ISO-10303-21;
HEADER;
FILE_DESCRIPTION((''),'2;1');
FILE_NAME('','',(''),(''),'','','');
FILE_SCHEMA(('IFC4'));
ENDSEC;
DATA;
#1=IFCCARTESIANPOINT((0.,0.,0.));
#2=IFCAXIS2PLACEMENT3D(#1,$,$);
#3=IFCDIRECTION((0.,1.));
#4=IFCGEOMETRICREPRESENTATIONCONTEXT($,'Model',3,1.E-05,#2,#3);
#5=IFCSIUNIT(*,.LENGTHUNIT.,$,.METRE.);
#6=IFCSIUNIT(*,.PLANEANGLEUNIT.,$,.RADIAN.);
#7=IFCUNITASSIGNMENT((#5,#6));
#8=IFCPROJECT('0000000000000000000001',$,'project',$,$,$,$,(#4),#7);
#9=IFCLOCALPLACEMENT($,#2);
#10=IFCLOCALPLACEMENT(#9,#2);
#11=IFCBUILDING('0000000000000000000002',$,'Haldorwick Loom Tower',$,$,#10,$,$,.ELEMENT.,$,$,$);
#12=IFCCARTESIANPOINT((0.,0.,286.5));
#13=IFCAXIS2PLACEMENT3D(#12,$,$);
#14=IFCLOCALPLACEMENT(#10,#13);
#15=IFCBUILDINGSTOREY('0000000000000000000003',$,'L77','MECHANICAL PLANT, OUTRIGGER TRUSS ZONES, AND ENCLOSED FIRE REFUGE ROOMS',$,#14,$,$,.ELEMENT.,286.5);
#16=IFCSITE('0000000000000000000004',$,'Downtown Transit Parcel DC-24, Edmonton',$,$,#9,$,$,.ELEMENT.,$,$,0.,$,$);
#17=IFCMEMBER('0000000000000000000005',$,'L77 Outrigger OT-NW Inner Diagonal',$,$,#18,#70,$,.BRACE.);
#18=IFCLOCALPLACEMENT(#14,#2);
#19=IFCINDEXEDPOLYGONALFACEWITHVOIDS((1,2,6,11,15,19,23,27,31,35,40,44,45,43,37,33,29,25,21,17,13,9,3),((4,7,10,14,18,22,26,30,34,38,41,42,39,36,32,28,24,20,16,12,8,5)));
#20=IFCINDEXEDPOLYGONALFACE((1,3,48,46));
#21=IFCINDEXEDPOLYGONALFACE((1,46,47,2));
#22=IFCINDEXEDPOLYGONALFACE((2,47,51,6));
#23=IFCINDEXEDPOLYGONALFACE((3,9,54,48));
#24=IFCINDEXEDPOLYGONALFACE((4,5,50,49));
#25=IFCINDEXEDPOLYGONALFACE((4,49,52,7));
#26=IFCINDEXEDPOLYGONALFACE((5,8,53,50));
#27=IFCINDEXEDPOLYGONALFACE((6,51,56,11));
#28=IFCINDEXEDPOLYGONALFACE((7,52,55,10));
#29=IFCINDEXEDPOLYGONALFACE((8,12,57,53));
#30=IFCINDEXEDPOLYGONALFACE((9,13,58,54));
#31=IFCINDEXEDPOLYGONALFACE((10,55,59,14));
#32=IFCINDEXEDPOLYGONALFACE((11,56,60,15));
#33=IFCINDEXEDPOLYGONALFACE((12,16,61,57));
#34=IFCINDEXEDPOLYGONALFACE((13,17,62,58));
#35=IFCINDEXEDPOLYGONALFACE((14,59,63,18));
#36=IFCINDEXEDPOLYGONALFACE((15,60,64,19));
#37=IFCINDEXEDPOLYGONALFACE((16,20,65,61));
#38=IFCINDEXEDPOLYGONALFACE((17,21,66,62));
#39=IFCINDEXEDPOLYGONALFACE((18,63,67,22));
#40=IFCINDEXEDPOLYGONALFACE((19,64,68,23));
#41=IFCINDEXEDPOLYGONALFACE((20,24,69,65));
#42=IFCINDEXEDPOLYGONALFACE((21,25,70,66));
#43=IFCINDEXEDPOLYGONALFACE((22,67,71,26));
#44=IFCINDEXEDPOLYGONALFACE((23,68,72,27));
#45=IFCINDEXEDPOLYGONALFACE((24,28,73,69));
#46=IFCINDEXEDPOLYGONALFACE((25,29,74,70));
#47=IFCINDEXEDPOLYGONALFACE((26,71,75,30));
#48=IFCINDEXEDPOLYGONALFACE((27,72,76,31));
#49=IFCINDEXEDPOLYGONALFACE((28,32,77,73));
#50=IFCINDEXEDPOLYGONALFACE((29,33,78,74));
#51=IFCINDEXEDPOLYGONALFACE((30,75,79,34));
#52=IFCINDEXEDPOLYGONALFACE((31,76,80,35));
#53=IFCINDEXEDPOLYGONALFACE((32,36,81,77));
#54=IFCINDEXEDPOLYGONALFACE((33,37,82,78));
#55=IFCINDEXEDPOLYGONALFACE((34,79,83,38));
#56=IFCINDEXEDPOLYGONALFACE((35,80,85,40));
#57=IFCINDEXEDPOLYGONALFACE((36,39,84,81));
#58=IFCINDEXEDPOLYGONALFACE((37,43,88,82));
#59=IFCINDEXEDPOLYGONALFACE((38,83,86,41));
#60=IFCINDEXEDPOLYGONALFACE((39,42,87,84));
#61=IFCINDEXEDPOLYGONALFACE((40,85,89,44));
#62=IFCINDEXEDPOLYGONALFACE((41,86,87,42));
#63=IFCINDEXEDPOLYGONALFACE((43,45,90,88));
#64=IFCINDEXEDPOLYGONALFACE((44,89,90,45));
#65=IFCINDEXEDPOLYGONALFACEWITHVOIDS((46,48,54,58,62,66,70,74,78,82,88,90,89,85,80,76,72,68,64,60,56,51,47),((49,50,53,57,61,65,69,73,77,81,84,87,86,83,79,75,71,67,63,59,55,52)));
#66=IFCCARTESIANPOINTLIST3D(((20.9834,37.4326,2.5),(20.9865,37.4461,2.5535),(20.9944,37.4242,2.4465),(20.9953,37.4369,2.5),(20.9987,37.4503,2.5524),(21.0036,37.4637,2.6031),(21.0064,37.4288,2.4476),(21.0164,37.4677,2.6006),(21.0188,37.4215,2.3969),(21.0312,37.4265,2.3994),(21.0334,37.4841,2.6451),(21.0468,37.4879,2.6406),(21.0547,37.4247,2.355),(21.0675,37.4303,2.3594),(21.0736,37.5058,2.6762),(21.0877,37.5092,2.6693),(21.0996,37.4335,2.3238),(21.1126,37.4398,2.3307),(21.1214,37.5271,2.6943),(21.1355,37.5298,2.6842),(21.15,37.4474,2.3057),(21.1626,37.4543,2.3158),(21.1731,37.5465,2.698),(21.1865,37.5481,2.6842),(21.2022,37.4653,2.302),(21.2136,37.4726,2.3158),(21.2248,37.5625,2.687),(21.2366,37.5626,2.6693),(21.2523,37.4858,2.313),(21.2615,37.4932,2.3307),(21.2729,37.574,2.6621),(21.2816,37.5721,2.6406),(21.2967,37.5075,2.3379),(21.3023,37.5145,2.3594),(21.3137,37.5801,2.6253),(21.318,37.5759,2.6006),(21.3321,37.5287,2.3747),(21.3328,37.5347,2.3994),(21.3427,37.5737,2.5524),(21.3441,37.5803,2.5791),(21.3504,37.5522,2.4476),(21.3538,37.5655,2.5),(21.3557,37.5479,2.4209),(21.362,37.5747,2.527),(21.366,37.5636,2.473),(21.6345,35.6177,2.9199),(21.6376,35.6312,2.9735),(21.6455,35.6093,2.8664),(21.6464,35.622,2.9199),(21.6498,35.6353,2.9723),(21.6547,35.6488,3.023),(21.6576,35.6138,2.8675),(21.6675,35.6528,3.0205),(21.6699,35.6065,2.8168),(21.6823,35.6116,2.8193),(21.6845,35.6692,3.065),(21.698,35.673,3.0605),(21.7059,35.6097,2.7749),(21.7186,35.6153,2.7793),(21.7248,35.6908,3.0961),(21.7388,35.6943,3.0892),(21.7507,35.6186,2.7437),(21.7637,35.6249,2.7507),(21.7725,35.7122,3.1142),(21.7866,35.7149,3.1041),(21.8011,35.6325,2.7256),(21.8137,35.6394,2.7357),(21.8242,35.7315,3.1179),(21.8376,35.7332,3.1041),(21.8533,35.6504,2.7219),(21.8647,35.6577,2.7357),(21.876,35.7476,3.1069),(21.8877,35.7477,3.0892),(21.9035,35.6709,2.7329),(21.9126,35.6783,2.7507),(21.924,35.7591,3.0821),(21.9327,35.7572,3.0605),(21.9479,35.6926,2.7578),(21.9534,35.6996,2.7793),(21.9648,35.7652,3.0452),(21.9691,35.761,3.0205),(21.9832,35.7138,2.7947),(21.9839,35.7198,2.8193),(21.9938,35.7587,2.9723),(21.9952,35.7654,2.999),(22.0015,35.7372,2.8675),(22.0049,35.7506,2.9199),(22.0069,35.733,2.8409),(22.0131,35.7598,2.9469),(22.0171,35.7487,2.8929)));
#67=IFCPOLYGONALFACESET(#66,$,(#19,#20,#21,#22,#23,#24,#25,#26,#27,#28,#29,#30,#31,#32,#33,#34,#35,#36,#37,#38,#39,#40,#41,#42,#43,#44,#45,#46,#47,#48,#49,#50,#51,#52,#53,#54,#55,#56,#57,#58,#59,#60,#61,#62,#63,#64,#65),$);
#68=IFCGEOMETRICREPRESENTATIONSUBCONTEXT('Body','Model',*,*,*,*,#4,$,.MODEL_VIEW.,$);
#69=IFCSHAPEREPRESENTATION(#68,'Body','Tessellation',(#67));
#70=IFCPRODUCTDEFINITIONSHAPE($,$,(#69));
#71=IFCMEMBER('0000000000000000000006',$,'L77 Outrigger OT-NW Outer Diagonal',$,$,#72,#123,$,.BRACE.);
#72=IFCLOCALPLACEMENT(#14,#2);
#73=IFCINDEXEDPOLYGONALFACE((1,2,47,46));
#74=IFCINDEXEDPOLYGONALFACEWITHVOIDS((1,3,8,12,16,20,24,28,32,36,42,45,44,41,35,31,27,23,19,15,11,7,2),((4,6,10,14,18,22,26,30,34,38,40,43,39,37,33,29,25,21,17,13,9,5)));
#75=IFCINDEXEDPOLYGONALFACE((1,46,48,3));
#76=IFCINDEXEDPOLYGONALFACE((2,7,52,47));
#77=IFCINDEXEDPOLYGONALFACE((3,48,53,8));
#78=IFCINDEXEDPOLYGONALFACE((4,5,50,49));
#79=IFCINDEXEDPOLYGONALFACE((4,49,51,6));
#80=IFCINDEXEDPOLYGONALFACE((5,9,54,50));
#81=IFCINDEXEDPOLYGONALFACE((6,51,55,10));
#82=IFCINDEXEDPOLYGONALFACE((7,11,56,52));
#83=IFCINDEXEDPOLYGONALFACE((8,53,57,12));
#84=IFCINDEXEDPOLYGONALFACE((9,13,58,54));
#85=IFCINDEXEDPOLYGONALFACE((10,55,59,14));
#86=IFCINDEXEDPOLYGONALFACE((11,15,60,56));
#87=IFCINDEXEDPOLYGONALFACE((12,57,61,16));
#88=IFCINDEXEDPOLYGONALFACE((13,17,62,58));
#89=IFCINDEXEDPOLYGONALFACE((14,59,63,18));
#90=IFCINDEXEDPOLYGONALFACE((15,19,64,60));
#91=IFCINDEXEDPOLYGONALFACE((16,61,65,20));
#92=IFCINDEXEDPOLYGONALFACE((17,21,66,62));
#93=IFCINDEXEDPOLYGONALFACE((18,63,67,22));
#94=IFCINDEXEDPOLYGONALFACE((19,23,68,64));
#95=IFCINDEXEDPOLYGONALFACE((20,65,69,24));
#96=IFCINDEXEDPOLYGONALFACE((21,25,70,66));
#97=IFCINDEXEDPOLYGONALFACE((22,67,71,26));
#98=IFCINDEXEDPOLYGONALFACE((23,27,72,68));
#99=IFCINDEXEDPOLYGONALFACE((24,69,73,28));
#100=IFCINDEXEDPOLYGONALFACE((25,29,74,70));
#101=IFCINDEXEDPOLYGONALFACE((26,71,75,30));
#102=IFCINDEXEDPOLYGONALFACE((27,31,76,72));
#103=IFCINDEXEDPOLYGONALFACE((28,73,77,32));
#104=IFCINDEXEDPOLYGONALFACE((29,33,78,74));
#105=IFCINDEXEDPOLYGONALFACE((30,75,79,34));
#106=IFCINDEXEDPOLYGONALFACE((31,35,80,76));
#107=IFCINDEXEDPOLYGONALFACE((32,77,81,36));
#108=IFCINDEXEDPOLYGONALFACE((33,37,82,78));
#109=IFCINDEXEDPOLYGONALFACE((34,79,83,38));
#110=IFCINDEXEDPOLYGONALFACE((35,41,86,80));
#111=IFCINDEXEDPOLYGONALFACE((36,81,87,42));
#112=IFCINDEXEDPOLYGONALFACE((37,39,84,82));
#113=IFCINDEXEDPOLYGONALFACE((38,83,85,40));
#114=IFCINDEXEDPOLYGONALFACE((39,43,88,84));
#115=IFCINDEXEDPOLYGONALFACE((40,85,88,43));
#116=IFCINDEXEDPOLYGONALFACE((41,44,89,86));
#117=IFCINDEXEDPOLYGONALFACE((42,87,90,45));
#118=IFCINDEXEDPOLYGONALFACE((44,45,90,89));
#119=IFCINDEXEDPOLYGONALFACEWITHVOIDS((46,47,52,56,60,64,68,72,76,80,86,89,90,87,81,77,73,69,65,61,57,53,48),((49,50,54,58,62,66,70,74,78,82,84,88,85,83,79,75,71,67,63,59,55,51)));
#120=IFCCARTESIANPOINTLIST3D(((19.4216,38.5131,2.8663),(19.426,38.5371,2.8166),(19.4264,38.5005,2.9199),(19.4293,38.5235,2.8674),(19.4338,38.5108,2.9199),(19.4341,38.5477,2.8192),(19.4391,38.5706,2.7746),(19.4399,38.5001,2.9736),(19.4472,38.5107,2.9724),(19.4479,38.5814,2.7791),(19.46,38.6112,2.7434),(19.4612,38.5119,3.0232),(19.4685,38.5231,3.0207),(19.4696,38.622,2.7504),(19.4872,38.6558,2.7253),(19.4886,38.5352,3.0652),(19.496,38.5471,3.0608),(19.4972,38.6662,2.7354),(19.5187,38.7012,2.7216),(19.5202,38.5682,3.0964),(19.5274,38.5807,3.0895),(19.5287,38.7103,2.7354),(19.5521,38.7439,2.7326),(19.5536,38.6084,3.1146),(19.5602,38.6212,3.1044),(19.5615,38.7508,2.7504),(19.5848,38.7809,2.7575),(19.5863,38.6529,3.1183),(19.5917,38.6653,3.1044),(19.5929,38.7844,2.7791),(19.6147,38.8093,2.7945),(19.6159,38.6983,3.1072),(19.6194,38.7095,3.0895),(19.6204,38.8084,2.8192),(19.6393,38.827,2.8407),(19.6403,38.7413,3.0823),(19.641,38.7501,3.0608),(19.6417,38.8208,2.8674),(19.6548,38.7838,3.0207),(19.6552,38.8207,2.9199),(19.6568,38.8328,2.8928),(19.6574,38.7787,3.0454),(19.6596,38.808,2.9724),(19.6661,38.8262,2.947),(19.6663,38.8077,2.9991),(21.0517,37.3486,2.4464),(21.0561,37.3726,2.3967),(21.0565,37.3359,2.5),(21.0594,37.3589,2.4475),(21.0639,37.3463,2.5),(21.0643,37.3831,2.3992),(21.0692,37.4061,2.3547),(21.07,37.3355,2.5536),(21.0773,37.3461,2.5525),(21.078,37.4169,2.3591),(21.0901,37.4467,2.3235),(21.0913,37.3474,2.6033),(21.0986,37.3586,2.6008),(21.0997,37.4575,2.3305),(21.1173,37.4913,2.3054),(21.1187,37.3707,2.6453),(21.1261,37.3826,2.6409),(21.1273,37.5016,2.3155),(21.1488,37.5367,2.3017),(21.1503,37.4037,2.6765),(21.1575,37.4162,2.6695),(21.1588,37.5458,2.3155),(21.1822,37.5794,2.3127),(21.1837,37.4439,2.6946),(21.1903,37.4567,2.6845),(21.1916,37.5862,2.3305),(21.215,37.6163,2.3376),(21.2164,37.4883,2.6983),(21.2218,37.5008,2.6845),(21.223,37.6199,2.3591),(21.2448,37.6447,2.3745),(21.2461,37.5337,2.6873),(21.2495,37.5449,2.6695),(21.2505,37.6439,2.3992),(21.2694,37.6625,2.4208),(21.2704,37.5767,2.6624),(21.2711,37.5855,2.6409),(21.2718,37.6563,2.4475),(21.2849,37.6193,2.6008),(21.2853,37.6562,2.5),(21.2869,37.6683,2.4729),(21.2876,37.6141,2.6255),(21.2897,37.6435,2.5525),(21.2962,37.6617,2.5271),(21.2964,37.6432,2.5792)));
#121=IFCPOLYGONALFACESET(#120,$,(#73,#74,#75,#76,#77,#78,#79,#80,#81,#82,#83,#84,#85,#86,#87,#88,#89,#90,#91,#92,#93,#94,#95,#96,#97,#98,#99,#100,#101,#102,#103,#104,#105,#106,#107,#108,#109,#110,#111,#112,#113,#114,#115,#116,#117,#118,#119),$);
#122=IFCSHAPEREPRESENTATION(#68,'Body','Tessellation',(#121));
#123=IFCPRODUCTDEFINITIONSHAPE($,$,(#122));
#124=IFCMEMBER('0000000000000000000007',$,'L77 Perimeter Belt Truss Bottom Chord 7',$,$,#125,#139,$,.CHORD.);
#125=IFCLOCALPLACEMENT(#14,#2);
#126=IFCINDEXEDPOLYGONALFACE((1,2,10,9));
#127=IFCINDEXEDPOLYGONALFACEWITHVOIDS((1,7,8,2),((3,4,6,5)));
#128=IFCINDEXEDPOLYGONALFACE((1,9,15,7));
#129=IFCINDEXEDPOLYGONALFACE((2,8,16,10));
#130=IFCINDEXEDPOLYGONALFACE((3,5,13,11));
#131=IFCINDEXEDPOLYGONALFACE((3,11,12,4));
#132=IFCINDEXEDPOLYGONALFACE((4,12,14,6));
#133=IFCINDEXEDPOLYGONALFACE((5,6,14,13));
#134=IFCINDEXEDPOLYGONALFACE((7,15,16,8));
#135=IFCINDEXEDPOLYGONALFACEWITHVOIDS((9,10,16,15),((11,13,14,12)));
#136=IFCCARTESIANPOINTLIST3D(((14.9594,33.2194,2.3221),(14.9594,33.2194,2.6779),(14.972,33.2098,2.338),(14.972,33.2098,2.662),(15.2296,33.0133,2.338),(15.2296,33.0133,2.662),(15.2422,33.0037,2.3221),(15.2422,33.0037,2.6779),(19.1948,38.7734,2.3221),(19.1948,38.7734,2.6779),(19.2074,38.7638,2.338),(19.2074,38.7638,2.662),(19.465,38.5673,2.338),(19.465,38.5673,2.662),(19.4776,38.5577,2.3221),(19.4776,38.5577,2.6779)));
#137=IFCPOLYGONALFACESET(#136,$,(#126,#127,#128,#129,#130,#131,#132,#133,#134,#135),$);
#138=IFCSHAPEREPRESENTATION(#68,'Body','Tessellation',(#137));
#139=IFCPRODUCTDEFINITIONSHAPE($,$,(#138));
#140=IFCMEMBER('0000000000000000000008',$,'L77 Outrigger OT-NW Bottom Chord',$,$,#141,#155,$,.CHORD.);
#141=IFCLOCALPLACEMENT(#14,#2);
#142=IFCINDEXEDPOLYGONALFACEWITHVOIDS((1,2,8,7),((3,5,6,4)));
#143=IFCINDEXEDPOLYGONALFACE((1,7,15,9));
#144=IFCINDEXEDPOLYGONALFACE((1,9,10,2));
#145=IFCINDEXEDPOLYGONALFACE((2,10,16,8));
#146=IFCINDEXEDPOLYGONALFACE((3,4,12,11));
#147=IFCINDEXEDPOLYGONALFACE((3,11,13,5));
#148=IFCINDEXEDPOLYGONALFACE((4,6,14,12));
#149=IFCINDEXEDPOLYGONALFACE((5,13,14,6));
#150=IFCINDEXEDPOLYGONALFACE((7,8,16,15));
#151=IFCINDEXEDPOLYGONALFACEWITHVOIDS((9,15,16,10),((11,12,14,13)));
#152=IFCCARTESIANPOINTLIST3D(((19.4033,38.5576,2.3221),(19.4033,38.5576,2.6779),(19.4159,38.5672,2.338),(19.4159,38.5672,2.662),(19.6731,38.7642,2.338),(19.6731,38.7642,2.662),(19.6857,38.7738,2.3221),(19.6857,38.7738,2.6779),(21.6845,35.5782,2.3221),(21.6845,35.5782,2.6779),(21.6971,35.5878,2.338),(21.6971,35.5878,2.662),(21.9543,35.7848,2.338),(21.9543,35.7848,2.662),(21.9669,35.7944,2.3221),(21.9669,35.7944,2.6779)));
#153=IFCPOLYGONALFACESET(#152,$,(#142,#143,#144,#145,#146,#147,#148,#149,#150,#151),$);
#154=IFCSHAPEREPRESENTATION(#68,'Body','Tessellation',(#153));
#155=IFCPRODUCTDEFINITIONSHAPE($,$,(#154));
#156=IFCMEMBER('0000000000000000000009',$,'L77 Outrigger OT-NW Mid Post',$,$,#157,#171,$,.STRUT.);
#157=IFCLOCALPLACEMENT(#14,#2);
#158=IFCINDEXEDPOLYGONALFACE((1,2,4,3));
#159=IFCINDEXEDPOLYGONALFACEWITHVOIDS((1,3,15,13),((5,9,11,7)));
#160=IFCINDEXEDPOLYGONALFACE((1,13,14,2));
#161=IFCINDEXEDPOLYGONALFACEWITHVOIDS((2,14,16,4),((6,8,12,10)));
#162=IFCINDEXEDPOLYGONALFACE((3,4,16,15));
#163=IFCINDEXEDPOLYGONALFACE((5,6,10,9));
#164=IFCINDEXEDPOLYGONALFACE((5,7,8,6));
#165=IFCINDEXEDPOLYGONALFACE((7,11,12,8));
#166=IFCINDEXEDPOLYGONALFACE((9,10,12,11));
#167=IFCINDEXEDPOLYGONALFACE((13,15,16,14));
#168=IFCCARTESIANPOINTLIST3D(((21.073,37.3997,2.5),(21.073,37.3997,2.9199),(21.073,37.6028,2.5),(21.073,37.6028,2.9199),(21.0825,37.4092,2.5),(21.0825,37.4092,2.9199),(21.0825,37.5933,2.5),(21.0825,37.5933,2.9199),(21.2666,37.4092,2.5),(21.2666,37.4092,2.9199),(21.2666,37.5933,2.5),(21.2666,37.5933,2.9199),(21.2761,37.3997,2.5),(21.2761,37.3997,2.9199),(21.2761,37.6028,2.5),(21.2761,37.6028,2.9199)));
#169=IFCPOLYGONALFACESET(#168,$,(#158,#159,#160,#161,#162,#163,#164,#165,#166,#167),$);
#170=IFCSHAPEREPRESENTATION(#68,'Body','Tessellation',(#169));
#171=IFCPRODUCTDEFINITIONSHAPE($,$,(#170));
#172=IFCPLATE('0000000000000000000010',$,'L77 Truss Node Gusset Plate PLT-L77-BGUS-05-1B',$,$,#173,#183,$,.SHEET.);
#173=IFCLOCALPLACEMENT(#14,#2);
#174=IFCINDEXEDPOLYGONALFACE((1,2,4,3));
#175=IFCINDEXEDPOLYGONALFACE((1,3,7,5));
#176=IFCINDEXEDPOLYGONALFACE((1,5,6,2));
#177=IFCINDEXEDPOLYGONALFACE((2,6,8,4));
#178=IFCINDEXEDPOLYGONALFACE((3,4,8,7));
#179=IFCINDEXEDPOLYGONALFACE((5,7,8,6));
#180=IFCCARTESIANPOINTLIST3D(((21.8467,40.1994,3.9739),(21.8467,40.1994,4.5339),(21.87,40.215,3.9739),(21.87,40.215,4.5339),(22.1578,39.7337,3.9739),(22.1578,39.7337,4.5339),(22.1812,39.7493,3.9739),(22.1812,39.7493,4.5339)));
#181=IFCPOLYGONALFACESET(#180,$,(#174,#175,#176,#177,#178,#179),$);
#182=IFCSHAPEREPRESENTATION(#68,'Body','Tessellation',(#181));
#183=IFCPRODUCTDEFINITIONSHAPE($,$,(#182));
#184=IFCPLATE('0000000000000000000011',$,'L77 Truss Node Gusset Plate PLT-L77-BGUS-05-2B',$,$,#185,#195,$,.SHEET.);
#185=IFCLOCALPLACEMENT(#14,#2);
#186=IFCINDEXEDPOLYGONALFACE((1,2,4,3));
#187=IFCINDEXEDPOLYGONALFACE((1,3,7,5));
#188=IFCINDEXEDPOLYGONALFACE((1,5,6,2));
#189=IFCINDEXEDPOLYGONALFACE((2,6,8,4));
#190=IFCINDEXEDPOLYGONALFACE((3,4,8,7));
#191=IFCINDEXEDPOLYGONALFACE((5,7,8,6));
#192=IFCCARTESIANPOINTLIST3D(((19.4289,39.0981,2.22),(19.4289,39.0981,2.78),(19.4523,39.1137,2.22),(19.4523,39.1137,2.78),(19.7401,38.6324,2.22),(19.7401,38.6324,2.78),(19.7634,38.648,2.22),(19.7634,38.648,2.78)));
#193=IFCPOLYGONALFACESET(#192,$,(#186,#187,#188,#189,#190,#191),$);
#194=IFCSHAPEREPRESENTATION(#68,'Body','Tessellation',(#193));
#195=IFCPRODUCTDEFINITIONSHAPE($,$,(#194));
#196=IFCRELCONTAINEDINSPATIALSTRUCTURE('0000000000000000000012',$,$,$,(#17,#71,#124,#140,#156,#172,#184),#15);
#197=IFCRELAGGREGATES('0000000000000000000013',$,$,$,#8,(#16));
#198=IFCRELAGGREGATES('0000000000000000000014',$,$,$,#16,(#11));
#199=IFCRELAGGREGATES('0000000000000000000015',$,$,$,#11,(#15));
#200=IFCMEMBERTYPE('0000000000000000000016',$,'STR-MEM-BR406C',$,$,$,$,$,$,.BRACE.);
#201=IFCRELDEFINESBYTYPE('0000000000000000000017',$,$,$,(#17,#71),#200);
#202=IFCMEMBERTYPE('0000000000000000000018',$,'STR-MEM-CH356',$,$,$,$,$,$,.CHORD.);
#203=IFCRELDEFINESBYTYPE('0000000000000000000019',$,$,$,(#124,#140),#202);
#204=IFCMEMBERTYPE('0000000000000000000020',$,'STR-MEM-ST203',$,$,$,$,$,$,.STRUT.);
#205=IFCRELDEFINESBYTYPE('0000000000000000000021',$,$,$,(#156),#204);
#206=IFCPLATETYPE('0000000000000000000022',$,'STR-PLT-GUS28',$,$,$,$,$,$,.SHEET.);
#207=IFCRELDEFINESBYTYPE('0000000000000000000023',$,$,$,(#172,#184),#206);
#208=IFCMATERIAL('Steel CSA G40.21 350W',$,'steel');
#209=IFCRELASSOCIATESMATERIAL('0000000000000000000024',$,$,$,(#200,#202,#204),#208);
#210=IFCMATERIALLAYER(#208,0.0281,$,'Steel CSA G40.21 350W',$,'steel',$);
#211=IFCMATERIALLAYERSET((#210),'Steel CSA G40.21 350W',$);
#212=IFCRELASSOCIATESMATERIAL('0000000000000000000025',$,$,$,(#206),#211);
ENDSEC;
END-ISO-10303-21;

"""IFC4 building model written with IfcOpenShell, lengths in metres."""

from ifc_helpers import new_model, si_unit, direction, frame, origin, origin_2d, place, context, subcontext, project, spatial, rectangle, hollow_rectangle, hollow_circle, extrude, material, layer, layer_set, material_profile, profile_set, type_object, element, save


model = new_model("IFC4")

# Units and contexts
model_context = context("Model", 3, precision=1e-05, world=origin(), true_north=direction((0.0, 1.0)))
body_context = subcontext(model_context, "Body", "Model", "MODEL_VIEW")
ifc_project = project(units=[si_unit("LENGTHUNIT", "METRE"), si_unit("PLANEANGLEUNIT", "RADIAN")], contexts=[model_context])

# Site, building, storey
site_placement = place(None, origin())
site = spatial("IfcSite", under=ifc_project, at=site_placement, Name="Downtown Transit Parcel DC-24, Edmonton", CompositionType="ELEMENT", RefElevation=0.0)
building_placement = place(site_placement, origin())
building = spatial("IfcBuilding", under=site, at=building_placement, Name="Haldorwick Loom Tower", CompositionType="ELEMENT")
storey_placement = place(building_placement, frame((0.0, 0.0, 286.5)))
storey = spatial("IfcBuildingStorey", under=building, at=storey_placement, Name="L77", Description="MECHANICAL PLANT, OUTRIGGER TRUSS ZONES, AND ENCLOSED FIRE REFUGE ROOMS", CompositionType="ELEMENT", Elevation=286.5)

# Shared definitions
ifc_material_1 = material(Name="Steel CSA G40.21 350W", Category="steel")

# Members
ifc_material_profile_1 = material_profile(ifc_material_1, hollow_circle(Radius=0.2031, WallThickness=0.0127, at=origin_2d()), Name="HSS406X13", Category="steel")
ifc_profile_set_1 = profile_set([ifc_material_profile_1], Name="Steel CSA G40.21 350W")
member_type_1 = type_object("IfcMemberType", Name="STR-MEM-BR406C", PredefinedType="BRACE", material=ifc_profile_set_1)
member_1_placement = place(storey_placement, frame((21.8257, 35.6863, 2.9199), z_axis=(-0.32995, 0.919703, -0.212791), x_axis=(-0.94126, -0.337684, 0.0)))
element("IfcMember", 1, at=member_1_placement, inside=storey, type_object=member_type_1, Name="L77 Outrigger OT-NW Inner Diagonal", PredefinedType="BRACE", context=body_context, shape_type="SweptSolid", body=[
    extrude(hollow_circle(Radius=0.2031, WallThickness=0.0127, at=origin_2d()), origin(), (0.0, 0.0, 1.0), 1.9734),
])
member_2_placement = place(storey_placement, frame((21.1746, 37.5012, 2.5), z_axis=(-0.796386, 0.568932, 0.20515), x_axis=(-0.581296, -0.813692, 0.0)))
element("IfcMember", 2, at=member_2_placement, inside=storey, type_object=member_type_1, Name="L77 Outrigger OT-NW Outer Diagonal", PredefinedType="BRACE", context=body_context, shape_type="SweptSolid", body=[
    extrude(hollow_circle(Radius=0.2031, WallThickness=0.0127, at=origin_2d()), origin(), (0.0, 0.0, 1.0), 2.0469),
])
ifc_material_profile_2 = material_profile(ifc_material_1, hollow_rectangle(XDim=0.3557, YDim=0.3557, WallThickness=0.0159, at=origin_2d()), Name="HSS356X356X16", Category="steel")
ifc_profile_set_2 = profile_set([ifc_material_profile_2], Name="Steel CSA G40.21 350W")
member_type_2 = type_object("IfcMemberType", Name="STR-MEM-CH356", PredefinedType="CHORD", material=ifc_profile_set_2)
member_3_placement = place(storey_placement, frame((19.3362, 38.6655, 2.5), z_axis=(-0.606384, -0.795172, 0.0), x_axis=(0.795172, -0.606384, 0.0)))
element("IfcMember", 3, at=member_3_placement, inside=storey, type_object=member_type_2, Name="L77 Perimeter Belt Truss Bottom Chord 7", PredefinedType="CHORD", context=body_context, shape_type="SweptSolid", body=[
    extrude(hollow_rectangle(XDim=0.3557, YDim=0.3557, WallThickness=0.0159, at=origin_2d()), origin(), (0.0, 0.0, 1.0), 6.9846),
])
member_4_placement = place(storey_placement, frame((21.8257, 35.6863, 2.5), z_axis=(-0.607923, 0.793996, 0.0), x_axis=(-0.793996, -0.607923, 0.0)))
element("IfcMember", 4, at=member_4_placement, inside=storey, type_object=member_type_2, Name="L77 Outrigger OT-NW Bottom Chord", PredefinedType="CHORD", context=body_context, shape_type="SweptSolid", body=[
    extrude(hollow_rectangle(XDim=0.3557, YDim=0.3557, WallThickness=0.0159, at=origin_2d()), origin(), (0.0, 0.0, 1.0), 3.7524),
])
ifc_material_profile_3 = material_profile(ifc_material_1, hollow_rectangle(XDim=0.2031, YDim=0.2031, WallThickness=0.0095, at=origin_2d()), Name="HSS203X203X10", Category="steel")
ifc_profile_set_3 = profile_set([ifc_material_profile_3], Name="Steel CSA G40.21 350W")
member_type_3 = type_object("IfcMemberType", Name="STR-MEM-ST203", PredefinedType="STRUT", material=ifc_profile_set_3)
member_5_placement = place(storey_placement, frame((21.1746, 37.5012, 2.5), z_axis=(0.0, 0.0, 1.0), x_axis=(1.0, 0.0, 0.0)))
element("IfcMember", 5, at=member_5_placement, inside=storey, type_object=member_type_3, Name="L77 Outrigger OT-NW Mid Post", PredefinedType="STRUT", context=body_context, shape_type="SweptSolid", body=[
    extrude(hollow_rectangle(XDim=0.2031, YDim=0.2031, WallThickness=0.0095, at=origin_2d()), origin(), (0.0, 0.0, 1.0), 0.4199),
])

# Plates
ifc_layer_1 = layer(ifc_material_1, 0.0281, Name="Steel CSA G40.21 350W", Category="steel")
ifc_layer_set_1 = layer_set([ifc_layer_1], Name="Steel CSA G40.21 350W")
plate_type = type_object("IfcPlateType", Name="STR-PLT-GUS28", PredefinedType="SHEET", material=ifc_layer_set_1)
for number, where, z_axis, x_axis, name in (
    (6, (22.0139, 39.9744, 3.9739), (0.0, 0.0, 1.0), (-0.55557, 0.83147, 0.0), "L77 Truss Node Gusset Plate PLT-L77-BGUS-05-1B"),
    (7, (19.5962, 38.873, 2.22), (0.0, 0.0, 1.0), (-0.55557, 0.83147, 0.0), "L77 Truss Node Gusset Plate PLT-L77-BGUS-05-2B"),
):
    element("IfcPlate", number, at=place(storey_placement, frame(where, z_axis=z_axis, x_axis=x_axis)), inside=storey, type_object=plate_type, Name=name, PredefinedType="SHEET", context=body_context, shape_type="SweptSolid", body=[
        extrude(rectangle(XDim=0.5601, YDim=0.0281, at=origin_2d()), origin(), (0.0, 0.0, 1.0), 0.5601),
    ])

save(model, "model.ifc")
